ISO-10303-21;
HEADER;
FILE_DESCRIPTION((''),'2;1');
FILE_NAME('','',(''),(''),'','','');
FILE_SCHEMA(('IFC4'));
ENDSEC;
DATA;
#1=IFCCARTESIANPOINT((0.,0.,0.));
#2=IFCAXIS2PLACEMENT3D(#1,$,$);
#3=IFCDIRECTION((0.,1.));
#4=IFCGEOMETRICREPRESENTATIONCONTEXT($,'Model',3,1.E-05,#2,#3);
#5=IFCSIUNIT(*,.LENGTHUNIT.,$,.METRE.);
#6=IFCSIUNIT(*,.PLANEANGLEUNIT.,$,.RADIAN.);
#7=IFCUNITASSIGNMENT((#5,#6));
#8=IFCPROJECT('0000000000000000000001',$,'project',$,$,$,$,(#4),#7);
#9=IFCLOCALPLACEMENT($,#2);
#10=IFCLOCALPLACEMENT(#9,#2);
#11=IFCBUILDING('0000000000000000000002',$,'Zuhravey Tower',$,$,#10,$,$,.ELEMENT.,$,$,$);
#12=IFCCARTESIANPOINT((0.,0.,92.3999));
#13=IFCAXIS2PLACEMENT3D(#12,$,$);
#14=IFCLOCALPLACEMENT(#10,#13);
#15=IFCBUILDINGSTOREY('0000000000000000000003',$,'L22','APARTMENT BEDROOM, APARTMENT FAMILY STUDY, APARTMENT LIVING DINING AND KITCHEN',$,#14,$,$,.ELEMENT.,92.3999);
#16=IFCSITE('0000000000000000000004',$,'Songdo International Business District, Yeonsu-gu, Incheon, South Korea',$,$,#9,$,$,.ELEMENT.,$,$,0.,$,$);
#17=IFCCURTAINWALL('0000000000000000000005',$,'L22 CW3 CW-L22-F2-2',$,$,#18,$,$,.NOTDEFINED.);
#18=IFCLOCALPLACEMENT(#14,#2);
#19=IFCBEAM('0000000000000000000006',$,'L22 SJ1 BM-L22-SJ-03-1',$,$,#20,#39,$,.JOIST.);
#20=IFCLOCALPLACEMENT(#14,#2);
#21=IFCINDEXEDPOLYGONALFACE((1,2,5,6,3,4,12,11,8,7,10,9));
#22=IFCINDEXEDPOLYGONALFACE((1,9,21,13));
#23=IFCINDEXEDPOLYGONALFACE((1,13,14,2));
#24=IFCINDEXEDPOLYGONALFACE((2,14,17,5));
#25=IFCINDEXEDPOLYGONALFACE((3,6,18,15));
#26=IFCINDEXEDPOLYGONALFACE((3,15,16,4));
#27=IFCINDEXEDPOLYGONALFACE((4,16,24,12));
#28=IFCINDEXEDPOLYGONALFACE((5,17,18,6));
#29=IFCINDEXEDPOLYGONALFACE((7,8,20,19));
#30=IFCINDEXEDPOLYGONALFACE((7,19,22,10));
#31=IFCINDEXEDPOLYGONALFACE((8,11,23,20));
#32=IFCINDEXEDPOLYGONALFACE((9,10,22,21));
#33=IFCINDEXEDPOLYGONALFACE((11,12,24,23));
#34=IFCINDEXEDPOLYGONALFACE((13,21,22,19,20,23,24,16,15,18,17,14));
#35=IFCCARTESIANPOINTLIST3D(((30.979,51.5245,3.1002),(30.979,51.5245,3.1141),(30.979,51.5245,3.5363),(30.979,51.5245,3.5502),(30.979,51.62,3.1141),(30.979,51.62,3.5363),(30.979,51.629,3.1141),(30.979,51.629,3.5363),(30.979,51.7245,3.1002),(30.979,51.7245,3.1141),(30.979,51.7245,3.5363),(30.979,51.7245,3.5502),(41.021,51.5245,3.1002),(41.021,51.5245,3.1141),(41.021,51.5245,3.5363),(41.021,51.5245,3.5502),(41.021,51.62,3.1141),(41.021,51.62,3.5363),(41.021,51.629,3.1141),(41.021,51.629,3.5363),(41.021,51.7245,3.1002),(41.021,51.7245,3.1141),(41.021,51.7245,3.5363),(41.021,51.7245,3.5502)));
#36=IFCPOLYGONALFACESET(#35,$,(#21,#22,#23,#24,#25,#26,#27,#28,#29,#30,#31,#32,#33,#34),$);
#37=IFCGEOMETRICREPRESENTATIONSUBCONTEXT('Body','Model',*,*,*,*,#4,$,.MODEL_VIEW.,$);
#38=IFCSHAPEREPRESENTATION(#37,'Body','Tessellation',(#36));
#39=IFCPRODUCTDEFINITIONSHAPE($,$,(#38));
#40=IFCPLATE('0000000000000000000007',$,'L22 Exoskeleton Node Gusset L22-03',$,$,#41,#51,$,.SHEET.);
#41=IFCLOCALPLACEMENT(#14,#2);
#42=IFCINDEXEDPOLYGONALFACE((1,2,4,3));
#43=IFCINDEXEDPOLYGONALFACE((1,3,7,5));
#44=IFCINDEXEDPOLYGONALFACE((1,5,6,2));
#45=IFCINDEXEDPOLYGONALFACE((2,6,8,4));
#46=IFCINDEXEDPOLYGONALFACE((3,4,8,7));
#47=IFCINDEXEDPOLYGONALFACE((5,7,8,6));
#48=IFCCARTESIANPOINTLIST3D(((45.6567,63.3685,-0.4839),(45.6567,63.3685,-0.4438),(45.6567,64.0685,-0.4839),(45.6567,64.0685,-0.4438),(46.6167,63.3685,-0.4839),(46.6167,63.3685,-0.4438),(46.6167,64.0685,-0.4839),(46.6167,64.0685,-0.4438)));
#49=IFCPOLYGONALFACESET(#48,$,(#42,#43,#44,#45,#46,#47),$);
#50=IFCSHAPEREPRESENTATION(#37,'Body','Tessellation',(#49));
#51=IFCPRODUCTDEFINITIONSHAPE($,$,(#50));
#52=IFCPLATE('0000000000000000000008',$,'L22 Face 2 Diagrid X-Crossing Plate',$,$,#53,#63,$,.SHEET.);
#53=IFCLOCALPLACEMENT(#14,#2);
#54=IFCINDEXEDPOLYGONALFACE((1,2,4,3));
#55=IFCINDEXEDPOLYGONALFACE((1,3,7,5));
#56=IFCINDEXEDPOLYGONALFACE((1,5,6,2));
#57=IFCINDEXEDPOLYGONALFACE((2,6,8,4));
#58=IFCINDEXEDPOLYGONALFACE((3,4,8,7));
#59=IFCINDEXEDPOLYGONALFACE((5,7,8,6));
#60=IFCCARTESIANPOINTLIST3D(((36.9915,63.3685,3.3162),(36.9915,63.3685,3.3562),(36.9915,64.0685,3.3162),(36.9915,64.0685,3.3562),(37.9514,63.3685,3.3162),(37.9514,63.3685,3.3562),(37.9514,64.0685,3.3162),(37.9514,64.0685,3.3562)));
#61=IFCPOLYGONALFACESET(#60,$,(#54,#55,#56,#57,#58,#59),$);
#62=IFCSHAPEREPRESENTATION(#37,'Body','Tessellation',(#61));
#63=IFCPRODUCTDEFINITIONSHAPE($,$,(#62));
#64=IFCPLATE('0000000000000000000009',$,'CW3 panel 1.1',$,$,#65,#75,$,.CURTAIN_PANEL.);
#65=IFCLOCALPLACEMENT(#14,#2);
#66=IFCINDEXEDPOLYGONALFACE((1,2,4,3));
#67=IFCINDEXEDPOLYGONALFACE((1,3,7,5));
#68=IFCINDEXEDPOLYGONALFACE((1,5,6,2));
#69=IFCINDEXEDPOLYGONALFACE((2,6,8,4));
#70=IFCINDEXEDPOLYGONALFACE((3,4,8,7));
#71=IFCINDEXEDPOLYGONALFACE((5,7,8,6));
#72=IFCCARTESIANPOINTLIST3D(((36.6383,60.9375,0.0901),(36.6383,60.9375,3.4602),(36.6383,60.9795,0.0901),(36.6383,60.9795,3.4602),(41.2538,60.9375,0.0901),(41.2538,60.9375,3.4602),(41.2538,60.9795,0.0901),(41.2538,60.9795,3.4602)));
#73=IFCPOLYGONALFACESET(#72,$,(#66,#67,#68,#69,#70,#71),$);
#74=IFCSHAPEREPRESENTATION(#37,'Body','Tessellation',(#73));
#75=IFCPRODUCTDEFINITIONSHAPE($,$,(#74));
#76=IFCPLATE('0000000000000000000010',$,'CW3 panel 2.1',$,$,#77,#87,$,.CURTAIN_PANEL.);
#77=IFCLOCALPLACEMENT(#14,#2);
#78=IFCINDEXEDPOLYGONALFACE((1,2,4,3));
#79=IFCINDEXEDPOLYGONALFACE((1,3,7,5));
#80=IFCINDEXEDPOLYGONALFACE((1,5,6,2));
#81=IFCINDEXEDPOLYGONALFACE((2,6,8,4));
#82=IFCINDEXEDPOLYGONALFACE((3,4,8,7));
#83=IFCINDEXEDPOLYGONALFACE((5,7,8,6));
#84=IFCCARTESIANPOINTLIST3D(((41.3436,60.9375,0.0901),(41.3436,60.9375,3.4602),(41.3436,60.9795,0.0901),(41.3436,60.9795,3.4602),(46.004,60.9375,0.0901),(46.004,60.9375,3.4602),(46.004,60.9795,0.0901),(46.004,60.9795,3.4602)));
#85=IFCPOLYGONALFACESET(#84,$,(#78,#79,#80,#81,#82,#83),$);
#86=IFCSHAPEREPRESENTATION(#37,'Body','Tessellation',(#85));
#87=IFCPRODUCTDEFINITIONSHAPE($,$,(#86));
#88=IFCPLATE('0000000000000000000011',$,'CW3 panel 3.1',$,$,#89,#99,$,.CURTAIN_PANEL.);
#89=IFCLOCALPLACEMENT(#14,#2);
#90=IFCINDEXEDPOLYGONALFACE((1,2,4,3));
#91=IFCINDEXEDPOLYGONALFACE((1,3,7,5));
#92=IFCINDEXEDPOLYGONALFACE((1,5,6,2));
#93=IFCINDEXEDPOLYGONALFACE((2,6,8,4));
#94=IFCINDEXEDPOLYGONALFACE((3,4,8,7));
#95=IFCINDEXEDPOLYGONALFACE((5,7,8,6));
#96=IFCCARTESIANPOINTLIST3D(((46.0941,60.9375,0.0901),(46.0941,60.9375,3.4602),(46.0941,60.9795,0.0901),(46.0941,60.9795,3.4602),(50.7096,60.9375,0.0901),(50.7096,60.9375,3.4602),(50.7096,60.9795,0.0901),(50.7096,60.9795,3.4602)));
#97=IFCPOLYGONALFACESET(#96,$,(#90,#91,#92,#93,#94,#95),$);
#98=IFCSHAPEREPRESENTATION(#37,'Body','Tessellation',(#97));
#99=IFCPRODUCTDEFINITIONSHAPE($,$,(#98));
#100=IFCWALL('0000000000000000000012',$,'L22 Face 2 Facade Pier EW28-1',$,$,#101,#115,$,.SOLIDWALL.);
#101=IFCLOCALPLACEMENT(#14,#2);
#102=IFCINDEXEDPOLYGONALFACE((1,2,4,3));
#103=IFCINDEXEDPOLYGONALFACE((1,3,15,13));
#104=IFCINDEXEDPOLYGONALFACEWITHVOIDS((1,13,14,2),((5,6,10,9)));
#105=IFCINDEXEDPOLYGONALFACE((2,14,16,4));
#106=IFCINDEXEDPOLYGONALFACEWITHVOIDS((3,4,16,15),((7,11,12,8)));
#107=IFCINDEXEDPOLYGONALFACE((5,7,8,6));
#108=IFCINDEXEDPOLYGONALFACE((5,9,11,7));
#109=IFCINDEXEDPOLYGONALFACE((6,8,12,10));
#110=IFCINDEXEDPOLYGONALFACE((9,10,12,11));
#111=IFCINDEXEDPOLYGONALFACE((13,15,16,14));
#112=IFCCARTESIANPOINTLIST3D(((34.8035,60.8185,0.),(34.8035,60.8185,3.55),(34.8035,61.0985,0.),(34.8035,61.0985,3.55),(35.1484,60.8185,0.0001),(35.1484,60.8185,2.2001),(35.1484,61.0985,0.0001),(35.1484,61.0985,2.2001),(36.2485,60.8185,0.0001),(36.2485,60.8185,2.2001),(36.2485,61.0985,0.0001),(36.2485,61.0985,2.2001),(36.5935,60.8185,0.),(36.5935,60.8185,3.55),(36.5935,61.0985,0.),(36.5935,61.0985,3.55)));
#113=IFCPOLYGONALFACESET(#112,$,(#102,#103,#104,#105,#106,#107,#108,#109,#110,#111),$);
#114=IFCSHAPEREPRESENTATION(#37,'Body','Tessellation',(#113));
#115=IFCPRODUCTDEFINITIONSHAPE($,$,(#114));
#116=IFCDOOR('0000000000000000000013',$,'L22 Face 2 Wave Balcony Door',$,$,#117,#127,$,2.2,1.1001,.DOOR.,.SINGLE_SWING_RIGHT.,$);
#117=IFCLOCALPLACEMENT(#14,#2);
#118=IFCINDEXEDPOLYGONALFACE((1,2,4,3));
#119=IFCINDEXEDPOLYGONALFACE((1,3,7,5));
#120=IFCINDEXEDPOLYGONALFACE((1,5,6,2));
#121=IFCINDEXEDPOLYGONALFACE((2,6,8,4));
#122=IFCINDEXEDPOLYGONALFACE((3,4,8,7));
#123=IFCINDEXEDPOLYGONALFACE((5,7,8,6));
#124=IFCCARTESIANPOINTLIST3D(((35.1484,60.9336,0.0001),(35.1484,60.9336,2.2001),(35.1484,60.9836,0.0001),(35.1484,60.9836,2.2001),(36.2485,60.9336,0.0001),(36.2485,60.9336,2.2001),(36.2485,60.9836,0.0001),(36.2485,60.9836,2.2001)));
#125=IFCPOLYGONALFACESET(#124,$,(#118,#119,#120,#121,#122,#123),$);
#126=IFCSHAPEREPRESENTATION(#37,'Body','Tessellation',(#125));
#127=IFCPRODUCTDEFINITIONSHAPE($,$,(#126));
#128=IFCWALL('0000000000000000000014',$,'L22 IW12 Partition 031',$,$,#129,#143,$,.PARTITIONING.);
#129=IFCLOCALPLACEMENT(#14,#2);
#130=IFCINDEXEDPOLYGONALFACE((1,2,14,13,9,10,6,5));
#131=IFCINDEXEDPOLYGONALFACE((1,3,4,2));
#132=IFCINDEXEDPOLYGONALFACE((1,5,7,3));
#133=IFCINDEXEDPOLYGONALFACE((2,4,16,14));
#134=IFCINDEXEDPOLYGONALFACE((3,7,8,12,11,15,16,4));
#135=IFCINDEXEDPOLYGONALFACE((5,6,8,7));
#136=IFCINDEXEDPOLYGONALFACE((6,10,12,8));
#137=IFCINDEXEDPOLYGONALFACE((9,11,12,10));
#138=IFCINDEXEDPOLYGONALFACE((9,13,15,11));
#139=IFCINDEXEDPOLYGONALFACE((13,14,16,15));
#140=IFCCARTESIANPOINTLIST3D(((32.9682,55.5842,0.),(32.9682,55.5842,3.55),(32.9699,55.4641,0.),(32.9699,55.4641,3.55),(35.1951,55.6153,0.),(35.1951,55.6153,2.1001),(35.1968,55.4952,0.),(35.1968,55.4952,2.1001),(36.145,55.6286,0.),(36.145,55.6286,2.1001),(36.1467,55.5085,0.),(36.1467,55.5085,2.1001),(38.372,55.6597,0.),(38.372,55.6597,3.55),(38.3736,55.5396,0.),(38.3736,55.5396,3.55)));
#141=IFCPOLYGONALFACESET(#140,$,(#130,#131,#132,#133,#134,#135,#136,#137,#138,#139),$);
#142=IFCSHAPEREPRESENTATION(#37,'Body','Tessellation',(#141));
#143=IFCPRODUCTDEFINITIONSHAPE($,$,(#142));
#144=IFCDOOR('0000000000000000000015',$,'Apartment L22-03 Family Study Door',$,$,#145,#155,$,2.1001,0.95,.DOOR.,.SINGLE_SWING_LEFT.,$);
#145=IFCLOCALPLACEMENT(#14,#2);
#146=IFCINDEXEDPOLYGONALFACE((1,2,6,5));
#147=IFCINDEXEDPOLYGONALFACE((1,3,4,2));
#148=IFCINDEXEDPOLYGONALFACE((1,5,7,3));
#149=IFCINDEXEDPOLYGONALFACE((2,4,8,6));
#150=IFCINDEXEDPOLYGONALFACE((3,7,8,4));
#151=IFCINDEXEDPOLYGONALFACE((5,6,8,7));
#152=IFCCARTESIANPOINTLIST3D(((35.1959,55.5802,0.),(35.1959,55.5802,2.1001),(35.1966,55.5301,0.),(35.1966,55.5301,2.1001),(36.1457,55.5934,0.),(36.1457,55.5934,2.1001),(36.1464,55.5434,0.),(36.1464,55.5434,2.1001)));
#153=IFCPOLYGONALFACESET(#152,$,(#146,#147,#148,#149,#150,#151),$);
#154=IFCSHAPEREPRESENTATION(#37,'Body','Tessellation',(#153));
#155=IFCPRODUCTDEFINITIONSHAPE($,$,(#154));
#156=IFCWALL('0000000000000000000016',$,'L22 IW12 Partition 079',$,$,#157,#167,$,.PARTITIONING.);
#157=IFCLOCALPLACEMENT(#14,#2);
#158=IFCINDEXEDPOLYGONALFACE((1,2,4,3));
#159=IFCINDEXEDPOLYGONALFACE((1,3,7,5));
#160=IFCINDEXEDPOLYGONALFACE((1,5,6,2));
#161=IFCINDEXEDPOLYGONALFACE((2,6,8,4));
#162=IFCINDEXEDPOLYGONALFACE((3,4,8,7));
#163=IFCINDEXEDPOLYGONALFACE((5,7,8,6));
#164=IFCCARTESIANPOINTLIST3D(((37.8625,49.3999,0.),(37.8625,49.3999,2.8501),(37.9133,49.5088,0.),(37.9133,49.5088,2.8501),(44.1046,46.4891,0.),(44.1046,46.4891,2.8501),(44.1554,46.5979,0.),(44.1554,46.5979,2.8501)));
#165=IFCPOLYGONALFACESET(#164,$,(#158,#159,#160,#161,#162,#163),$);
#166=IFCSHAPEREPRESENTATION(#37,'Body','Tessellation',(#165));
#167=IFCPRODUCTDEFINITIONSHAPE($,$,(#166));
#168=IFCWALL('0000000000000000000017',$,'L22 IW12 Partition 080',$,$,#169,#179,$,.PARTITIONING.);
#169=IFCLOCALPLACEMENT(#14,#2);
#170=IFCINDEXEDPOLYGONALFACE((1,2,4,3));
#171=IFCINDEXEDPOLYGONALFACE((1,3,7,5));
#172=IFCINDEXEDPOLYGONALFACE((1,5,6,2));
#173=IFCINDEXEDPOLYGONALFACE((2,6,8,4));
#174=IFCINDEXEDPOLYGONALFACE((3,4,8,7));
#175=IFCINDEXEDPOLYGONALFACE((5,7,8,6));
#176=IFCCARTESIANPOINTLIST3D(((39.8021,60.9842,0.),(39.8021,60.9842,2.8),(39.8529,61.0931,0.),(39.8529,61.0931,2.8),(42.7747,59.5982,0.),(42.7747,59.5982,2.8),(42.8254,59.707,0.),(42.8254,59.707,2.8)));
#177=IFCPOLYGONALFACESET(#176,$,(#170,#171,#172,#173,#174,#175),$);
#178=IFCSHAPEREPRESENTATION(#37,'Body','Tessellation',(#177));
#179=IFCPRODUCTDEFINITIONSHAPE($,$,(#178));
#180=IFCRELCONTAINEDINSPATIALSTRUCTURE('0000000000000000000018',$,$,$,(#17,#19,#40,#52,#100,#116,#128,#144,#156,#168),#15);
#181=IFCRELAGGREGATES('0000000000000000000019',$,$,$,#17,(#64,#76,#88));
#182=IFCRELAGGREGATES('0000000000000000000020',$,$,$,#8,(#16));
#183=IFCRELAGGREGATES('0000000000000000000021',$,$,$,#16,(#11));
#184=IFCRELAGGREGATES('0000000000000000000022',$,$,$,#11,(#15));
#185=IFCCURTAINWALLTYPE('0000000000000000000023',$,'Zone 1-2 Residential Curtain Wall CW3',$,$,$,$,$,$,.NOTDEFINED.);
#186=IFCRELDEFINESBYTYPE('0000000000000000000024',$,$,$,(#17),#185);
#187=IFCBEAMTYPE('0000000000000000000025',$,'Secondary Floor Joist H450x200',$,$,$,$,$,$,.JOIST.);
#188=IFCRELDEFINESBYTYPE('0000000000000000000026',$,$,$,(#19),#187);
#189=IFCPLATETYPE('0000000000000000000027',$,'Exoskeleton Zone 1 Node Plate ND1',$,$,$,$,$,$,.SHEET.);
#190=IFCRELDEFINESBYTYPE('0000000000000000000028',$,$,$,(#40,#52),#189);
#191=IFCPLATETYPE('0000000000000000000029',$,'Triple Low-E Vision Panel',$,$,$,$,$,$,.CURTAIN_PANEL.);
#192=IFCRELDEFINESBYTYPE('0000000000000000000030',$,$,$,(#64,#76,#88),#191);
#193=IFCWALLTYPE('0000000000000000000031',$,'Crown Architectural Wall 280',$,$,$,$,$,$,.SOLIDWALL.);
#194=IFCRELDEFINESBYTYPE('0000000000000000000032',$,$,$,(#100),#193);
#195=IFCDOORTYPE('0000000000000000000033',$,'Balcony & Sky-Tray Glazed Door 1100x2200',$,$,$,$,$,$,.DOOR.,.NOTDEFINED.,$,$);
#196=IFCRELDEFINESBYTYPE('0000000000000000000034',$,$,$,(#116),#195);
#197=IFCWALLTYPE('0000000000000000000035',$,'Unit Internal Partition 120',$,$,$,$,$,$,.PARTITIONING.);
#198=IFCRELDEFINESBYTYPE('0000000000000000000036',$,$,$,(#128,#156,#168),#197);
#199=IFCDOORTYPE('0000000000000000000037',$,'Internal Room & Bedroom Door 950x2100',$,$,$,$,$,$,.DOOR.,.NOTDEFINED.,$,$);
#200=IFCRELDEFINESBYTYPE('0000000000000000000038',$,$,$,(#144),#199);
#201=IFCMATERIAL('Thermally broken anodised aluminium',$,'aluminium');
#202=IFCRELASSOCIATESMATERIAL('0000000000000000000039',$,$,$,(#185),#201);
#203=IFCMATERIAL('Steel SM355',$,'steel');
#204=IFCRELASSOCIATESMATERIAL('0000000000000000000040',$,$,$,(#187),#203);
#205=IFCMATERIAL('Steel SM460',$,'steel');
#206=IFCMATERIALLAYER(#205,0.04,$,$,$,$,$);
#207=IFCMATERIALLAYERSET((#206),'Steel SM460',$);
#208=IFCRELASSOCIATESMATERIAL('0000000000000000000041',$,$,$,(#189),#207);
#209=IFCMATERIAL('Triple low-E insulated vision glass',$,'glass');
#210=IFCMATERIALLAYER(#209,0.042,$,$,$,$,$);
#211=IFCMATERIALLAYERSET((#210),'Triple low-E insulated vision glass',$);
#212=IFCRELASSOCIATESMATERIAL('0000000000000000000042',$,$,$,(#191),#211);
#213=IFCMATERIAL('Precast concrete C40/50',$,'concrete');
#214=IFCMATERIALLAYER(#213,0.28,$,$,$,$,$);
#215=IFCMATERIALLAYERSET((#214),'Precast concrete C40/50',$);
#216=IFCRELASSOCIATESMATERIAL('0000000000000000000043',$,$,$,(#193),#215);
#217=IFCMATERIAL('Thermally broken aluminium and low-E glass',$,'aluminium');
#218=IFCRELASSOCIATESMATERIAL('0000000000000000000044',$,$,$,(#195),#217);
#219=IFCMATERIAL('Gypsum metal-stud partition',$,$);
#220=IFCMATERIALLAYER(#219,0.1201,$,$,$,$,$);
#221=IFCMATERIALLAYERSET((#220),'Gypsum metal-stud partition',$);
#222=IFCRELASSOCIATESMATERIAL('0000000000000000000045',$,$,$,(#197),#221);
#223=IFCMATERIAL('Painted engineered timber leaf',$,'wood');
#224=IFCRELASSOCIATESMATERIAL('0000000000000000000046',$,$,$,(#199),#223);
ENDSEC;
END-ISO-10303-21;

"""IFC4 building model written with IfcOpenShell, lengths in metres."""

from ifc_helpers import new_model, si_unit, direction, frame, frame_2d, origin, origin_2d, place, context, subcontext, project, spatial, rectangle, i_section, extrude, material, layer, layer_set, material_profile, profile_set, type_object, element, fill, aggregate, save


model = new_model("IFC4")

# Units and contexts
model_context = context("Model", 3, precision=1e-05, world=origin(), true_north=direction((0.0, 1.0)))
body_context = subcontext(model_context, "Body", "Model", "MODEL_VIEW")
ifc_project = project(units=[si_unit("LENGTHUNIT", "METRE"), si_unit("PLANEANGLEUNIT", "RADIAN")], contexts=[model_context])

# Site, building, storey
site_placement = place(None, origin())
site = spatial("IfcSite", under=ifc_project, at=site_placement, Name="Songdo International Business District, Yeonsu-gu, Incheon, South Korea", CompositionType="ELEMENT", RefElevation=0.0)
building_placement = place(site_placement, origin())
building = spatial("IfcBuilding", under=site, at=building_placement, Name="Zuhravey Tower", CompositionType="ELEMENT")
storey_placement = place(building_placement, frame((0.0, 0.0, 92.3999)))
storey = spatial("IfcBuildingStorey", under=building, at=storey_placement, Name="L22", Description="APARTMENT BEDROOM, APARTMENT FAMILY STUDY, APARTMENT LIVING DINING AND KITCHEN", CompositionType="ELEMENT", Elevation=92.3999)

# Shared definitions
ifc_material_1 = material(Name="Thermally broken anodised aluminium", Category="aluminium")
curtain_wall_type = type_object("IfcCurtainWallType", Name="Zone 1-2 Residential Curtain Wall CW3", PredefinedType="NOTDEFINED", material=ifc_material_1)

# Curtain wall
curtain_wall_1_placement = place(storey_placement, origin())
curtain_wall_1 = element("IfcCurtainWall", 1, at=curtain_wall_1_placement, inside=storey, type_object=curtain_wall_type, Name="L22 CW3 CW-L22-F2-2", PredefinedType="NOTDEFINED")

# Shared definitions
ifc_material_2 = material(Name="Steel SM355", Category="steel")
ifc_material_3 = material(Name="Steel SM460", Category="steel")

# Beam
ifc_material_profile_1 = material_profile(ifc_material_2, i_section(OverallWidth=0.2, OverallDepth=0.45, WebThickness=0.009, FlangeThickness=0.0139, at=origin_2d()), Name="H-450x200x9x14")
ifc_profile_set_1 = profile_set([ifc_material_profile_1], Name="Steel SM355")
beam_type_1 = type_object("IfcBeamType", Name="Secondary Floor Joist H450x200", PredefinedType="JOIST", material=ifc_profile_set_1)
beam_1_placement = place(storey_placement, frame((41.021, 51.6245, 3.3252), z_axis=(-1.0, 0.0, 0.0), x_axis=(0.0, -1.0, 0.0)))
element("IfcBeam", 2, at=beam_1_placement, inside=storey, type_object=beam_type_1, Name="L22 SJ1 BM-L22-SJ-03-1", PredefinedType="JOIST", context=body_context, shape_type="SweptSolid", body=[
    extrude(i_section(OverallWidth=0.2, OverallDepth=0.45, WebThickness=0.009, FlangeThickness=0.0139, at=origin_2d()), origin(), (0.0, 0.0, 1.0), 10.042),
])

# Plates
ifc_layer_1 = layer(ifc_material_3, 0.04)
ifc_layer_set_1 = layer_set([ifc_layer_1], Name="Steel SM460")
plate_type_1 = type_object("IfcPlateType", Name="Exoskeleton Zone 1 Node Plate ND1", PredefinedType="SHEET", material=ifc_layer_set_1)
for number, where, z_axis, x_axis, name in (
    (3, (46.1367, 63.7185, -0.4839), (0.0, 0.0, 1.0), (-1.0, 0.0, 0.0), "L22 Exoskeleton Node Gusset L22-03"),
    (4, (37.4714, 63.7185, 3.3162), (0.0, 0.0, 1.0), (-1.0, 0.0, 0.0), "L22 Face 2 Diagrid X-Crossing Plate"),
):
    element("IfcPlate", number, at=place(storey_placement, frame(where, z_axis=z_axis, x_axis=x_axis)), inside=storey, type_object=plate_type_1, Name=name, PredefinedType="SHEET", context=body_context, shape_type="SweptSolid", body=[
        extrude(rectangle(XDim=0.96, YDim=0.7, at=origin_2d()), origin(), (0.0, 0.0, 1.0), 0.04),
    ])

# Plates
ifc_material_4 = material(Name="Triple low-E insulated vision glass", Category="glass")
ifc_layer_2 = layer(ifc_material_4, 0.042)
ifc_layer_set_2 = layer_set([ifc_layer_2], Name="Triple low-E insulated vision glass")
plate_type_2 = type_object("IfcPlateType", Name="Triple Low-E Vision Panel", PredefinedType="CURTAIN_PANEL", material=ifc_layer_set_2)
plate_1_placement = place(storey_placement, frame((38.946, 60.9585, 0.0901), z_axis=(0.0, 0.0, 1.0), x_axis=(1.0, 0.0, 0.0)))
plate_1 = element("IfcPlate", 5, at=plate_1_placement, type_object=plate_type_2, Name="CW3 panel 1.1", PredefinedType="CURTAIN_PANEL", context=body_context, shape_type="SweptSolid", body=[
    extrude(rectangle(XDim=4.6155, YDim=0.042, at=origin_2d()), origin(), (0.0, 0.0, 1.0), 3.3701),
])
plate_2_placement = place(storey_placement, frame((43.6738, 60.9585, 0.0901), z_axis=(0.0, 0.0, 1.0), x_axis=(1.0, 0.0, 0.0)))
plate_2 = element("IfcPlate", 6, at=plate_2_placement, type_object=plate_type_2, Name="CW3 panel 2.1", PredefinedType="CURTAIN_PANEL", context=body_context, shape_type="SweptSolid", body=[
    extrude(rectangle(XDim=4.6604, YDim=0.042, at=origin_2d()), origin(), (0.0, 0.0, 1.0), 3.3701),
])
plate_3_placement = place(storey_placement, frame((48.4019, 60.9585, 0.0901), z_axis=(0.0, 0.0, 1.0), x_axis=(1.0, 0.0, 0.0)))
plate_3 = element("IfcPlate", 7, at=plate_3_placement, type_object=plate_type_2, Name="CW3 panel 3.1", PredefinedType="CURTAIN_PANEL", context=body_context, shape_type="SweptSolid", body=[
    extrude(rectangle(XDim=4.6155, YDim=0.042, at=origin_2d()), origin(), (0.0, 0.0, 1.0), 3.3701),
])
aggregate(curtain_wall_1, [plate_1, plate_2, plate_3])

# Walls, openings, doors
ifc_material_5 = material(Name="Precast concrete C40/50", Category="concrete")
ifc_layer_3 = layer(ifc_material_5, 0.28)
ifc_layer_set_3 = layer_set([ifc_layer_3], Name="Precast concrete C40/50")
wall_type_1 = type_object("IfcWallType", Name="Crown Architectural Wall 280", PredefinedType="SOLIDWALL", material=ifc_layer_set_3)
wall_1_placement = place(storey_placement, frame((34.8035, 60.9585, 0.0), z_axis=(0.0, 0.0, 1.0), x_axis=(1.0, 0.0, 0.0)))
wall_1 = element("IfcWall", 8, at=wall_1_placement, inside=storey, type_object=wall_type_1, Name="L22 Face 2 Facade Pier EW28-1", PredefinedType="SOLIDWALL", context=body_context, shape_type="SweptSolid", body=[
    extrude(rectangle(XDim=1.79, YDim=0.28, at=frame_2d((0.895, 0.0))), origin(), (0.0, 0.0, 1.0), 3.55),
])
opening_1_placement = place(wall_1_placement, frame((0.345, 0.0, 0.0)))
opening_1 = element("IfcOpeningElement", 9, at=opening_1_placement, cuts=wall_1, PredefinedType="OPENING", context=body_context, shape_type="SweptSolid", body=[
    extrude(rectangle(XDim=1.1001, YDim=2.2, at=frame_2d((0.55, 1.1001))), frame((0.0, 0.1521, 0.0), z_axis=(0.0, -1.0, 0.0), x_axis=(1.0, 0.0, 0.0)), (0.0, 0.0, 1.0), 0.304),
])
ifc_material_6 = material(Name="Thermally broken aluminium and low-E glass", Category="aluminium")
door_type_1 = type_object("IfcDoorType", Name="Balcony & Sky-Tray Glazed Door 1100x2200", OperationType="NOTDEFINED", PredefinedType="DOOR", material=ifc_material_6)
door_1_placement = place(opening_1_placement, frame((1.1001, 0.0, 0.0), z_axis=(0.0, 0.0, 1.0), x_axis=(-1.0, 0.0, 0.0)))
door_1 = element("IfcDoor", 10, at=door_1_placement, inside=storey, type_object=door_type_1, Name="L22 Face 2 Wave Balcony Door", OperationType="SINGLE_SWING_RIGHT", OverallHeight=2.2, OverallWidth=1.1001, PredefinedType="DOOR", context=body_context, shape_type="SweptSolid", body=[
    extrude(rectangle(XDim=1.1001, YDim=2.2, at=frame_2d((0.55, 1.1001))), frame((0.0, 0.0249, 0.0), z_axis=(0.0, -1.0, 0.0), x_axis=(1.0, 0.0, 0.0)), (0.0, 0.0, 1.0), 0.05),
])
fill(opening_1, door_1)
ifc_material_7 = material(Name="Gypsum metal-stud partition")
ifc_layer_4 = layer(ifc_material_7, 0.1201)
ifc_layer_set_4 = layer_set([ifc_layer_4], Name="Gypsum metal-stud partition")
wall_type_2 = type_object("IfcWallType", Name="Unit Internal Partition 120", PredefinedType="PARTITIONING", material=ifc_layer_set_4)
wall_2_placement = place(storey_placement, frame((38.3728, 55.5996, 0.0), z_axis=(0.0, 0.0, 1.0), x_axis=(-0.999903, -0.013959, 0.0)))
wall_2 = element("IfcWall", 11, at=wall_2_placement, inside=storey, type_object=wall_type_2, Name="L22 IW12 Partition 031", PredefinedType="PARTITIONING", context=body_context, shape_type="SweptSolid", body=[
    extrude(rectangle(XDim=5.4043, YDim=0.1201, at=frame_2d((2.7021, 0.0))), origin(), (0.0, 0.0, 1.0), 3.55),
])
opening_2_placement = place(wall_2_placement, frame((2.2271, 0.0, 0.0)))
opening_2 = element("IfcOpeningElement", 12, at=opening_2_placement, cuts=wall_2, PredefinedType="OPENING", context=body_context, shape_type="SweptSolid", body=[
    extrude(rectangle(XDim=0.95, YDim=2.1001, at=frame_2d((0.4751, 1.05))), frame((0.0, 0.072, 0.0), z_axis=(0.0, -1.0, 0.0), x_axis=(1.0, 0.0, 0.0)), (0.0, 0.0, 1.0), 0.144),
])
ifc_material_8 = material(Name="Painted engineered timber leaf", Category="wood")
door_type_2 = type_object("IfcDoorType", Name="Internal Room & Bedroom Door 950x2100", OperationType="NOTDEFINED", PredefinedType="DOOR", material=ifc_material_8)
door_2_placement = place(opening_2_placement, frame((0.95, 0.0, 0.0), z_axis=(0.0, 0.0, 1.0), x_axis=(-1.0, 0.0, 0.0)))
door_2 = element("IfcDoor", 13, at=door_2_placement, inside=storey, type_object=door_type_2, Name="Apartment L22-03 Family Study Door", OperationType="SINGLE_SWING_LEFT", OverallHeight=2.1001, OverallWidth=0.95, PredefinedType="DOOR", context=body_context, shape_type="SweptSolid", body=[
    extrude(rectangle(XDim=0.95, YDim=2.1001, at=frame_2d((0.4751, 1.05))), frame((0.0, 0.0249, 0.0), z_axis=(0.0, -1.0, 0.0), x_axis=(1.0, 0.0, 0.0)), (0.0, 0.0, 1.0), 0.05),
])
fill(opening_2, door_2)

# Walls
wall_3_placement = place(storey_placement, frame((44.1301, 46.5435, 0.0), z_axis=(0.0, 0.0, 1.0), x_axis=(-0.906302, 0.422631, 0.0)))
element("IfcWall", 14, at=wall_3_placement, inside=storey, type_object=wall_type_2, Name="L22 IW12 Partition 079", PredefinedType="PARTITIONING", context=body_context, shape_type="SweptSolid", body=[
    extrude(rectangle(XDim=6.8875, YDim=0.1201, at=frame_2d((3.4438, 0.0))), origin(), (0.0, 0.0, 1.0), 2.8501),
])
wall_4_placement = place(storey_placement, frame((42.8, 59.6526, 0.0), z_axis=(0.0, 0.0, 1.0), x_axis=(-0.906316, 0.4226, 0.0)))
element("IfcWall", 15, at=wall_4_placement, inside=storey, type_object=wall_type_2, Name="L22 IW12 Partition 080", PredefinedType="PARTITIONING", context=body_context, shape_type="SweptSolid", body=[
    extrude(rectangle(XDim=3.2798, YDim=0.1201, at=frame_2d((1.6399, 0.0))), origin(), (0.0, 0.0, 1.0), 2.8),
])

save(model, "model.ifc")
